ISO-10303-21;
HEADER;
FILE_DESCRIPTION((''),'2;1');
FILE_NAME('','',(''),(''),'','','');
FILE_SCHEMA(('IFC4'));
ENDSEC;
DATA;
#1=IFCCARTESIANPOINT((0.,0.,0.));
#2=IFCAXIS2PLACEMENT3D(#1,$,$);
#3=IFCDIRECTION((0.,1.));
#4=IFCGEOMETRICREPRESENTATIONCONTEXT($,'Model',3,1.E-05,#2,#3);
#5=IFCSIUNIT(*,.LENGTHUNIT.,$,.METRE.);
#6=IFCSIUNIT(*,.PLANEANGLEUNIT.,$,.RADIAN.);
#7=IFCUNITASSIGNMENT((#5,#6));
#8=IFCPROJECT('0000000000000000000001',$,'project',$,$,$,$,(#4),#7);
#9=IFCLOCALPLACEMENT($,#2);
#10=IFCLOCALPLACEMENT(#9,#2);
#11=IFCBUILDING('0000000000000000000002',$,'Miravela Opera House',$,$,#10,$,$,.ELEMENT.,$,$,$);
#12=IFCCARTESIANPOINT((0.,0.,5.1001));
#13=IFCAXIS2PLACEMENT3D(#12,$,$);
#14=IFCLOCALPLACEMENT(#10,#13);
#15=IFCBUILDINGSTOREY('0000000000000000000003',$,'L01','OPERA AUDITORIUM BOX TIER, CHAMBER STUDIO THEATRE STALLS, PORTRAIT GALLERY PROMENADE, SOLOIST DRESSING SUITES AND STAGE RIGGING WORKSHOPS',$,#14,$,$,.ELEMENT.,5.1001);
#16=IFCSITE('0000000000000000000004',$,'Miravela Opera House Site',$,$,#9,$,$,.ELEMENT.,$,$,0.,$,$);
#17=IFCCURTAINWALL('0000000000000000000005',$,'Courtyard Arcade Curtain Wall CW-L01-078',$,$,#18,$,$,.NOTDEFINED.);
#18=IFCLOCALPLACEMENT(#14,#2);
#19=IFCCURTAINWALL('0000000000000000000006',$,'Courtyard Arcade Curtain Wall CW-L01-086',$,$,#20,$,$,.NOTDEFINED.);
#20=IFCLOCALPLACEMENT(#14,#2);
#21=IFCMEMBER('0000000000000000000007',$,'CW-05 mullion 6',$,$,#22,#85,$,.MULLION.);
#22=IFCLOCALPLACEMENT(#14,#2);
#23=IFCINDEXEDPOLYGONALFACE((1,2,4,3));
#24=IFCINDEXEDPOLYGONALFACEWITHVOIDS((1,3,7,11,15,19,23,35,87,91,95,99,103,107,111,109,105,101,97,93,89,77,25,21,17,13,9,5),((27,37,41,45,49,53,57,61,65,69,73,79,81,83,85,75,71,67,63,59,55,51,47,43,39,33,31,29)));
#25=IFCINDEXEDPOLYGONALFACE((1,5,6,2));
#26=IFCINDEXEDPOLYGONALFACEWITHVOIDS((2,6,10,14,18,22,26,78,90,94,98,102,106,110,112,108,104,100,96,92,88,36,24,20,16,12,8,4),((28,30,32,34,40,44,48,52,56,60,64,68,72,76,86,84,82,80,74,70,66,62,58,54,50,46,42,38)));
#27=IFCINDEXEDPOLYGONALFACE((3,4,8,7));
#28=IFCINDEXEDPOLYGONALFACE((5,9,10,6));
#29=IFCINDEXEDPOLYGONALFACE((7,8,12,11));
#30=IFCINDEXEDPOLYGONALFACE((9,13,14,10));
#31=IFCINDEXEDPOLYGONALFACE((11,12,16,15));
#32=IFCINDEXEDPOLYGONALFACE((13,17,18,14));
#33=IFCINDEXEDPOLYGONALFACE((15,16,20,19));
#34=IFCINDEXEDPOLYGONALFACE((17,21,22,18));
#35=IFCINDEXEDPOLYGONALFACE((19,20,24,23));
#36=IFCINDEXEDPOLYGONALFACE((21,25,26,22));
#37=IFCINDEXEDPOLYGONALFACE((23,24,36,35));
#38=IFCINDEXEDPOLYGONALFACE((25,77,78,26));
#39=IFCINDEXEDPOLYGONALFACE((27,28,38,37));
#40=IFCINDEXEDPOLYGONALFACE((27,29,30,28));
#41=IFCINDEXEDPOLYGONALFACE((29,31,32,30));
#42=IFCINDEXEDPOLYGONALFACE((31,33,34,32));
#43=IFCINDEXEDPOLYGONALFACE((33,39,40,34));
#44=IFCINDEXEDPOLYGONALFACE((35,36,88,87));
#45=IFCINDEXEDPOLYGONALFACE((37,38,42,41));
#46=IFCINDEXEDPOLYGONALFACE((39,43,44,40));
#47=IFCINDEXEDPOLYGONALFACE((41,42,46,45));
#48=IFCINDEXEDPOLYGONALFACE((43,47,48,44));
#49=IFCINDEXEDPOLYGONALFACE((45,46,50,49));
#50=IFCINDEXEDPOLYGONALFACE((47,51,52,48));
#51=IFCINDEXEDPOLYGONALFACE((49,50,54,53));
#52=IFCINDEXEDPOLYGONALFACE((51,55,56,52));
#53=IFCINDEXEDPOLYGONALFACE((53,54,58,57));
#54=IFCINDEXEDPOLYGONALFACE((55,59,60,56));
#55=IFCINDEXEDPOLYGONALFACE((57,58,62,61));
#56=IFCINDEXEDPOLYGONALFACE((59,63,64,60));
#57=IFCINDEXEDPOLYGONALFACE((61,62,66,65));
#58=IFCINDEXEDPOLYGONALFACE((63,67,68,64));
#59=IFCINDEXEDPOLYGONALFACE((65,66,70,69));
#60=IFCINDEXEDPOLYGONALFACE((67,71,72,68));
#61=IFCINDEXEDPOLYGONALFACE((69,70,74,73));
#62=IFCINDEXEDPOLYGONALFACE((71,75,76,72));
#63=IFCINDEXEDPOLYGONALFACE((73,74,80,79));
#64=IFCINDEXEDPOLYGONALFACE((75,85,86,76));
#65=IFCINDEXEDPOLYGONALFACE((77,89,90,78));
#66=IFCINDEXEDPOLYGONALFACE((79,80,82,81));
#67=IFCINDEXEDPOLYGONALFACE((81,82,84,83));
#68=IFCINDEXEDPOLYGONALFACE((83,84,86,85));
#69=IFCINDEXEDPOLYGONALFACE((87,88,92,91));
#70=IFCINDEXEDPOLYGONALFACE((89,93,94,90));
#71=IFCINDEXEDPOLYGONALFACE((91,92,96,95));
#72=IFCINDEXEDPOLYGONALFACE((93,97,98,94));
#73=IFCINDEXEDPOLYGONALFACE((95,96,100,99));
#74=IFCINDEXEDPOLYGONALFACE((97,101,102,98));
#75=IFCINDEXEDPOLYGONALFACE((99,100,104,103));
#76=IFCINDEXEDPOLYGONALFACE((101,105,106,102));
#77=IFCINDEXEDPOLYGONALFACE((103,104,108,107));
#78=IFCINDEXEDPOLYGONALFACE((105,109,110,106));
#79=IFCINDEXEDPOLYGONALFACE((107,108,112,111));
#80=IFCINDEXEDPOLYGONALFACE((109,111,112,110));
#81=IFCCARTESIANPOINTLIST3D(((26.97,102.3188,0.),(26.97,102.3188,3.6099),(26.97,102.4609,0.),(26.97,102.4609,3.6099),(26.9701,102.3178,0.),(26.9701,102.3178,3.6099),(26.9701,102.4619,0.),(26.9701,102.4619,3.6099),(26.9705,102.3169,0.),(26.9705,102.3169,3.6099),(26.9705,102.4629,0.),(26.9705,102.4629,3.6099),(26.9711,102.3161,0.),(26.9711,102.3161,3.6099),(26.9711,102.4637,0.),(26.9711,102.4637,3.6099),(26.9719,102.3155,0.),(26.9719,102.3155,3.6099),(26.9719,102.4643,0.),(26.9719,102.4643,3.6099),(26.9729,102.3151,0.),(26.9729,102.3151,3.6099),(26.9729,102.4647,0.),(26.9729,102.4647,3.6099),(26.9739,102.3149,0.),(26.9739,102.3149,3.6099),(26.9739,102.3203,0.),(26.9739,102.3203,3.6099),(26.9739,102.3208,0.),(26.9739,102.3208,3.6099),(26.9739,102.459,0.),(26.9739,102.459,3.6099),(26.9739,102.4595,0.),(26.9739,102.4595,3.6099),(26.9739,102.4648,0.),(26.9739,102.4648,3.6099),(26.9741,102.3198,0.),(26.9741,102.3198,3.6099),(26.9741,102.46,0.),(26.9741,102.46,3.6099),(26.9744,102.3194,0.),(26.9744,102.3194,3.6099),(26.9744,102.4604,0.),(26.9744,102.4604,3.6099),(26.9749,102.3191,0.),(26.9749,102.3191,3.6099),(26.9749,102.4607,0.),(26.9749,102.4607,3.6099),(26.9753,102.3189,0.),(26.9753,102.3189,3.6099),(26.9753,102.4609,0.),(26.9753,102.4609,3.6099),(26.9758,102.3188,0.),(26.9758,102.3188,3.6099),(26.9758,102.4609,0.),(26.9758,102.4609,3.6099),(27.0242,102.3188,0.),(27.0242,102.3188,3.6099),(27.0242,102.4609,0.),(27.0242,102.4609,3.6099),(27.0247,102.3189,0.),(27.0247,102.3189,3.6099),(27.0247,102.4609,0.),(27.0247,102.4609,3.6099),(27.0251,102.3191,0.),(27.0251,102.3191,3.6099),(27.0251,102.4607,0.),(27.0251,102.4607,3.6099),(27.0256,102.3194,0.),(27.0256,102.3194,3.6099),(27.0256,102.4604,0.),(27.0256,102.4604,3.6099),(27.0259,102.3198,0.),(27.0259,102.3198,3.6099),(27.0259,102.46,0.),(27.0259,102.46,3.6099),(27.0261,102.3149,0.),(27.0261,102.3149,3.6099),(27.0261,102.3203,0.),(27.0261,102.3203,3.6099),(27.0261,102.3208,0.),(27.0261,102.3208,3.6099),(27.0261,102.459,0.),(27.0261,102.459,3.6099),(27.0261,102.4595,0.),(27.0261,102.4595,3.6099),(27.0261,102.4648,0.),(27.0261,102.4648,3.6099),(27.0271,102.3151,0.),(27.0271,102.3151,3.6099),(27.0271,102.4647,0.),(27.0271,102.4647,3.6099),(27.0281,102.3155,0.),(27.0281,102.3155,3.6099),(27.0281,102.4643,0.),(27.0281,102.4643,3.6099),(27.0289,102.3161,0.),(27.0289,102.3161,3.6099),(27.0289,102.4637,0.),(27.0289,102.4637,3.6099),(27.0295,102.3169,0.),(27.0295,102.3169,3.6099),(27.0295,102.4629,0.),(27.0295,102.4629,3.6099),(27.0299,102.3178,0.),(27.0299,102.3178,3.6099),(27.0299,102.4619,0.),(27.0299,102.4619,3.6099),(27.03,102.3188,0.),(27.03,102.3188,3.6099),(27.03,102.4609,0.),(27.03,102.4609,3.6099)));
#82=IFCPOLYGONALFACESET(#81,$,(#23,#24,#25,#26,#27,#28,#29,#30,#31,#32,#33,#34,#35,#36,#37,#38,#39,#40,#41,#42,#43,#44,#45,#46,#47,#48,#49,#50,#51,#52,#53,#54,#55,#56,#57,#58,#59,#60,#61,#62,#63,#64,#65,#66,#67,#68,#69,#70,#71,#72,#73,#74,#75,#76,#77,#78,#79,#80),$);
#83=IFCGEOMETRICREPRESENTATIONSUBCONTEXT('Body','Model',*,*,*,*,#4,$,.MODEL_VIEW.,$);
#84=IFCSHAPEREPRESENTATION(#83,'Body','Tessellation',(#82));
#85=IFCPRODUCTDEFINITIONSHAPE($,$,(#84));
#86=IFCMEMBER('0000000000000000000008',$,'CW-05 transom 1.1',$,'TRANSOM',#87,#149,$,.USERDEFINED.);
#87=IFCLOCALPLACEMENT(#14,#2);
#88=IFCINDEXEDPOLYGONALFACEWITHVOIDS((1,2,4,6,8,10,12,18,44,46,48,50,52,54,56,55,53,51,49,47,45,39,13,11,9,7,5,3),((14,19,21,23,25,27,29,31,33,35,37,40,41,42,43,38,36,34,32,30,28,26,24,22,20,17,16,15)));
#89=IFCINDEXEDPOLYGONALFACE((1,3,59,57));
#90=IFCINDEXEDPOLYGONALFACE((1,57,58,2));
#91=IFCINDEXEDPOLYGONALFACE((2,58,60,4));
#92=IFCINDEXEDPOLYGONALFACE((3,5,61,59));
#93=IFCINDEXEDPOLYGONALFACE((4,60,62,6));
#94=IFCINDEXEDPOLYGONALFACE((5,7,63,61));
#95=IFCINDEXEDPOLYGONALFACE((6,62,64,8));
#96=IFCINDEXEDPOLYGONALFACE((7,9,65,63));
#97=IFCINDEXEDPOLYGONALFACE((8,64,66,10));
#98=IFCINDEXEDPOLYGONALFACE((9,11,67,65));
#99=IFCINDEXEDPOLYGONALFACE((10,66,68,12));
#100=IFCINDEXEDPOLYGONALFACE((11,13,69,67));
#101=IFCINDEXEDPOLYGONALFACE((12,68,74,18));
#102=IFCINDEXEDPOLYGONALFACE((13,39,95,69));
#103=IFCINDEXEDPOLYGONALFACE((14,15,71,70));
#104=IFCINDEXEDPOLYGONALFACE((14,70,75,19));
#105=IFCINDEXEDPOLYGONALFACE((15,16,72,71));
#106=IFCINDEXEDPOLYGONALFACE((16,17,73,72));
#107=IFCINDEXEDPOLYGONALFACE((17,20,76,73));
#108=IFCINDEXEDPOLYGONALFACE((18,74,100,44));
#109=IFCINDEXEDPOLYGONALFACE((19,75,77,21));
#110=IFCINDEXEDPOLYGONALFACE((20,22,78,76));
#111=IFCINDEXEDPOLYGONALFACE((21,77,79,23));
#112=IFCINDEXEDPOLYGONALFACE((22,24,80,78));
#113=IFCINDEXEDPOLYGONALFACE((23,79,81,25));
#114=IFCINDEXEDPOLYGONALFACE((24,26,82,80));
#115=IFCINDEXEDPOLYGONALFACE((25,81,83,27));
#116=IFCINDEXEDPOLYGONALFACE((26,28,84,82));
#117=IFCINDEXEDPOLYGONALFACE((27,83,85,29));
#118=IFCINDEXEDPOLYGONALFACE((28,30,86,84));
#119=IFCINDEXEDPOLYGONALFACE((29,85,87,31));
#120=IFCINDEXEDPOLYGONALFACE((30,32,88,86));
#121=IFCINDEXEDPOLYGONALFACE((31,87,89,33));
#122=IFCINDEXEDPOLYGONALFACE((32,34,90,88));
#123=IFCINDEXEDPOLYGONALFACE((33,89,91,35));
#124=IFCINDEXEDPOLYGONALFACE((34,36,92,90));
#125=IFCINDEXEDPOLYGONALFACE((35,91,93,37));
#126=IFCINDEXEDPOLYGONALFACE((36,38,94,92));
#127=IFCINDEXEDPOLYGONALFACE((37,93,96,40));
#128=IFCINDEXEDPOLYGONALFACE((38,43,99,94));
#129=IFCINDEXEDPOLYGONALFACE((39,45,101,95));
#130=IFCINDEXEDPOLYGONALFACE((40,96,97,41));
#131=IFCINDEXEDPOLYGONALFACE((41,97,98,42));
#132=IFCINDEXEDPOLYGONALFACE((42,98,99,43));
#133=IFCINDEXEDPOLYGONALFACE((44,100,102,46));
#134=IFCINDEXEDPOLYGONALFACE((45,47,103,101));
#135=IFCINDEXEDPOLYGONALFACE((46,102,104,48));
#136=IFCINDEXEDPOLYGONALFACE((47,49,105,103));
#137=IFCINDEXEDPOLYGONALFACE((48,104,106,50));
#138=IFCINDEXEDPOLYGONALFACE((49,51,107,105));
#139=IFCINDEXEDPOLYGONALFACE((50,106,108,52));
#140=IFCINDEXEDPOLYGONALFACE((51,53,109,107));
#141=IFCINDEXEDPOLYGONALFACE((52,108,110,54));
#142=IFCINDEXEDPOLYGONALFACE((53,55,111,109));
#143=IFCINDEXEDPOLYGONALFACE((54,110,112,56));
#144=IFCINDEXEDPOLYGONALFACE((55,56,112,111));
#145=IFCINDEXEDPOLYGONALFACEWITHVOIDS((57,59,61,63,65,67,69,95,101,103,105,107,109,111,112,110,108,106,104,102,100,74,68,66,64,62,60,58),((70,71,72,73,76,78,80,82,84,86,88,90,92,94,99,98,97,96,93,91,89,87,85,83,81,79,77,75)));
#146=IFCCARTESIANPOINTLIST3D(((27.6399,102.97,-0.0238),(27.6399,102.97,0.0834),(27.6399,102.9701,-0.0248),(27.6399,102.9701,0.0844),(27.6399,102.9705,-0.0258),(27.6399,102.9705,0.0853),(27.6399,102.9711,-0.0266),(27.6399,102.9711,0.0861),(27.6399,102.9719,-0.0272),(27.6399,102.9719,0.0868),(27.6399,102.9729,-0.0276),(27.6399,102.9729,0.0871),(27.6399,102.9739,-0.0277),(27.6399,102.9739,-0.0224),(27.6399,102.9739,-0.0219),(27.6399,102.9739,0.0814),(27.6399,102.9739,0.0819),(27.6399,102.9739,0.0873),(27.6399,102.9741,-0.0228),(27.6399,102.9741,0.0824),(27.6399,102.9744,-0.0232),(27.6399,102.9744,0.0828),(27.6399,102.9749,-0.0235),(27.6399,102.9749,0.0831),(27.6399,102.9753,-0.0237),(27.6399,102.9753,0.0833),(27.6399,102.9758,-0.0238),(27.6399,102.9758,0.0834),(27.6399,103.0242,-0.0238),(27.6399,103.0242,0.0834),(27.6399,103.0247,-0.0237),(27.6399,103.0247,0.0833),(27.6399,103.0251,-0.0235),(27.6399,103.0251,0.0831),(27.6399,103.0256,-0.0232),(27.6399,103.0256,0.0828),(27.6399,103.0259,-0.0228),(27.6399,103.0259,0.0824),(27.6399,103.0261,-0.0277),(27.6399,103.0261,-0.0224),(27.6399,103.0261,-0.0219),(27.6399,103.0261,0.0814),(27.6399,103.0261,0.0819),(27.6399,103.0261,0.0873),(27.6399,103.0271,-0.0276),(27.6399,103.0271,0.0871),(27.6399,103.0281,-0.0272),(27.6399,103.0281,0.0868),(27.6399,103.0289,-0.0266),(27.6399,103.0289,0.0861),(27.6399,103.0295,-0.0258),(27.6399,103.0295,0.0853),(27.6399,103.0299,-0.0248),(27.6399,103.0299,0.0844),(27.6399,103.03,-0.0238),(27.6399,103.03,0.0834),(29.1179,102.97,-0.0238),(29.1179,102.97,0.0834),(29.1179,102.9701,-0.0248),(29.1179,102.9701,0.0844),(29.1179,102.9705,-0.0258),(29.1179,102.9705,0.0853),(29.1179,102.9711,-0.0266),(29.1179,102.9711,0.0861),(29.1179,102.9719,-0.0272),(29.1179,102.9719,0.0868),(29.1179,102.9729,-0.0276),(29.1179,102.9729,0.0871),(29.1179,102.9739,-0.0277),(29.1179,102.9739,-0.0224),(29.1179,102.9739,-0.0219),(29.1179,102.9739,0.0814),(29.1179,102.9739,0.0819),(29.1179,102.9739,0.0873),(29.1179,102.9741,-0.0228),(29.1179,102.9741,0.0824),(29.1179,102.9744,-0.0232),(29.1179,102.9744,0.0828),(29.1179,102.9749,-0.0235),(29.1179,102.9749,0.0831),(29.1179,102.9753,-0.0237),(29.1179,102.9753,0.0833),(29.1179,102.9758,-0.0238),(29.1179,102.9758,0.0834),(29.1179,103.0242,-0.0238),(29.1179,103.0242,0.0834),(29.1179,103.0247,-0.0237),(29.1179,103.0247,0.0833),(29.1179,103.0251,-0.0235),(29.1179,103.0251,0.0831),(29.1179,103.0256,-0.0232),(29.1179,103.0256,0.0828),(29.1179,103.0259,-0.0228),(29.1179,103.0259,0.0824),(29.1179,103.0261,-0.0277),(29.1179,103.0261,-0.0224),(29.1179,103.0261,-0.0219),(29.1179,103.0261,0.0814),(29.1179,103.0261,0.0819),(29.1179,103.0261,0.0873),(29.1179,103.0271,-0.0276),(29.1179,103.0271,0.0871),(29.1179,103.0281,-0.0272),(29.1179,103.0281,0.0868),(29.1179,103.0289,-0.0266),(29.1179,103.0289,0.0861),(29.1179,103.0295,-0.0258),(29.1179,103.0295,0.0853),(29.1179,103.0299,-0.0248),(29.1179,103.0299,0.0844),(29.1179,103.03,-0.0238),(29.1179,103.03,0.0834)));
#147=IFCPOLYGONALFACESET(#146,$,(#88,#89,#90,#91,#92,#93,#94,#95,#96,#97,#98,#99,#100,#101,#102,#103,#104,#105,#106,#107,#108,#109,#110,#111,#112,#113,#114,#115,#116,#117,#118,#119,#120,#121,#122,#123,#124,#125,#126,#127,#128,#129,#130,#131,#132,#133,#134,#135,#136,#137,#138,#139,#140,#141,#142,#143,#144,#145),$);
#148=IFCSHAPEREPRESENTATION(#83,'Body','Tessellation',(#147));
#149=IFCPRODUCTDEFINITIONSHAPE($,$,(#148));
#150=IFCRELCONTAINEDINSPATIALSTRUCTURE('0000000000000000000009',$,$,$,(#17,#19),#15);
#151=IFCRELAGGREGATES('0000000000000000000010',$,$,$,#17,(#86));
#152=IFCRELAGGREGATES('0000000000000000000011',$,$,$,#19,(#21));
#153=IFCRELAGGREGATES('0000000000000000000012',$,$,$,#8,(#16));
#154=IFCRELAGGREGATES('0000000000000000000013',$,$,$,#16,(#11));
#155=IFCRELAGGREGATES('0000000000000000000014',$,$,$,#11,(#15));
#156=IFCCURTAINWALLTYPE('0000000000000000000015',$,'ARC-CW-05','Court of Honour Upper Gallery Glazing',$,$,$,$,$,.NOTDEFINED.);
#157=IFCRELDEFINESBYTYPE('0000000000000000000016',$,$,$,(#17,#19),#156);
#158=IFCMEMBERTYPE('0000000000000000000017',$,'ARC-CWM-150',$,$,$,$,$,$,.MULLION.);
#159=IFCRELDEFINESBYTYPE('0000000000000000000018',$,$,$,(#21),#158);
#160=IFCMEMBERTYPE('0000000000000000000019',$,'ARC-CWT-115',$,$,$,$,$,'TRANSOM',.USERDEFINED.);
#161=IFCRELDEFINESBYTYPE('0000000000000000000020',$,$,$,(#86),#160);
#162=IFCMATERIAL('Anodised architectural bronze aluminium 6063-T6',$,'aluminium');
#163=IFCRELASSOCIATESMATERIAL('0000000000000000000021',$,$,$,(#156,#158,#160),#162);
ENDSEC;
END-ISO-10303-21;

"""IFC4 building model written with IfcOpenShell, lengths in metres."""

from ifc_helpers import new_model, si_unit, direction, frame, origin, origin_2d, place, context, subcontext, project, spatial, hollow_rectangle, extrude, material, material_profile, profile_set, type_object, element, aggregate, save


model = new_model("IFC4")

# Units and contexts
model_context = context("Model", 3, precision=1e-05, world=origin(), true_north=direction((0.0, 1.0)))
body_context = subcontext(model_context, "Body", "Model", "MODEL_VIEW")
ifc_project = project(units=[si_unit("LENGTHUNIT", "METRE"), si_unit("PLANEANGLEUNIT", "RADIAN")], contexts=[model_context])

# Site, building, storey
site_placement = place(None, origin())
site = spatial("IfcSite", under=ifc_project, at=site_placement, Name="Miravela Opera House Site", CompositionType="ELEMENT", RefElevation=0.0)
building_placement = place(site_placement, origin())
building = spatial("IfcBuilding", under=site, at=building_placement, Name="Miravela Opera House", CompositionType="ELEMENT")
storey_placement = place(building_placement, frame((0.0, 0.0, 5.1001)))
storey = spatial("IfcBuildingStorey", under=building, at=storey_placement, Name="L01", Description="OPERA AUDITORIUM BOX TIER, CHAMBER STUDIO THEATRE STALLS, PORTRAIT GALLERY PROMENADE, SOLOIST DRESSING SUITES AND STAGE RIGGING WORKSHOPS", CompositionType="ELEMENT", Elevation=5.1001)

# Curtain wall
ifc_material_1 = material(Name="Anodised architectural bronze aluminium 6063-T6", Category="aluminium")
curtain_wall_type = type_object("IfcCurtainWallType", Name="ARC-CW-05", Description="Court of Honour Upper Gallery Glazing", PredefinedType="NOTDEFINED", material=ifc_material_1)
curtain_wall_1_placement = place(storey_placement, origin())
curtain_wall_1 = element("IfcCurtainWall", 1, at=curtain_wall_1_placement, inside=storey, type_object=curtain_wall_type, Name="Courtyard Arcade Curtain Wall CW-L01-078", PredefinedType="NOTDEFINED")
ifc_material_profile_1 = material_profile(ifc_material_1, hollow_rectangle(XDim=0.0601, YDim=0.1499, WallThickness=0.0039, InnerFilletRadius=0.002, OuterFilletRadius=0.0039, at=origin_2d()), Name="CWM-60X150")
ifc_profile_set_1 = profile_set([ifc_material_profile_1])
member_type_1 = type_object("IfcMemberType", Name="ARC-CWM-150", PredefinedType="MULLION", material=ifc_profile_set_1)

# Curtain wall, member
curtain_wall_2_placement = place(storey_placement, origin())
curtain_wall_2 = element("IfcCurtainWall", 2, at=curtain_wall_2_placement, inside=storey, type_object=curtain_wall_type, Name="Courtyard Arcade Curtain Wall CW-L01-086", PredefinedType="NOTDEFINED")
member_1_placement = place(storey_placement, frame((27.0, 102.3899, 0.0), z_axis=(0.0, 0.0, 1.0), x_axis=(-1.0, 0.0, 0.0)))
member_1 = element("IfcMember", 3, at=member_1_placement, type_object=member_type_1, Name="CW-05 mullion 6", PredefinedType="MULLION", context=body_context, shape_type="SweptSolid", body=[
    extrude(hollow_rectangle(XDim=0.0601, YDim=0.1499, WallThickness=0.0039, InnerFilletRadius=0.002, OuterFilletRadius=0.0039, at=origin_2d()), origin(), (0.0, 0.0, 1.0), 3.6099),
])

# Member
ifc_material_profile_2 = material_profile(ifc_material_1, hollow_rectangle(XDim=0.0601, YDim=0.115, WallThickness=0.0039, InnerFilletRadius=0.002, OuterFilletRadius=0.0039, at=origin_2d()), Name="CWT-60X115")
ifc_profile_set_2 = profile_set([ifc_material_profile_2])
member_type_2 = type_object("IfcMemberType", Name="ARC-CWT-115", ElementType="TRANSOM", PredefinedType="USERDEFINED", material=ifc_profile_set_2)
member_2_placement = place(storey_placement, frame((27.6399, 103.0, 0.0298), z_axis=(1.0, 0.0, 0.0), x_axis=(0.0, 1.0, 0.0)))
member_2 = element("IfcMember", 4, at=member_2_placement, type_object=member_type_2, Name="CW-05 transom 1.1", ObjectType="TRANSOM", PredefinedType="USERDEFINED", context=body_context, shape_type="SweptSolid", body=[
    extrude(hollow_rectangle(XDim=0.0601, YDim=0.115, WallThickness=0.0039, InnerFilletRadius=0.002, OuterFilletRadius=0.0039, at=origin_2d()), origin(), (0.0, 0.0, 1.0), 1.478),
])

aggregate(curtain_wall_1, [member_2])
aggregate(curtain_wall_2, [member_1])

save(model, "model.ifc")
